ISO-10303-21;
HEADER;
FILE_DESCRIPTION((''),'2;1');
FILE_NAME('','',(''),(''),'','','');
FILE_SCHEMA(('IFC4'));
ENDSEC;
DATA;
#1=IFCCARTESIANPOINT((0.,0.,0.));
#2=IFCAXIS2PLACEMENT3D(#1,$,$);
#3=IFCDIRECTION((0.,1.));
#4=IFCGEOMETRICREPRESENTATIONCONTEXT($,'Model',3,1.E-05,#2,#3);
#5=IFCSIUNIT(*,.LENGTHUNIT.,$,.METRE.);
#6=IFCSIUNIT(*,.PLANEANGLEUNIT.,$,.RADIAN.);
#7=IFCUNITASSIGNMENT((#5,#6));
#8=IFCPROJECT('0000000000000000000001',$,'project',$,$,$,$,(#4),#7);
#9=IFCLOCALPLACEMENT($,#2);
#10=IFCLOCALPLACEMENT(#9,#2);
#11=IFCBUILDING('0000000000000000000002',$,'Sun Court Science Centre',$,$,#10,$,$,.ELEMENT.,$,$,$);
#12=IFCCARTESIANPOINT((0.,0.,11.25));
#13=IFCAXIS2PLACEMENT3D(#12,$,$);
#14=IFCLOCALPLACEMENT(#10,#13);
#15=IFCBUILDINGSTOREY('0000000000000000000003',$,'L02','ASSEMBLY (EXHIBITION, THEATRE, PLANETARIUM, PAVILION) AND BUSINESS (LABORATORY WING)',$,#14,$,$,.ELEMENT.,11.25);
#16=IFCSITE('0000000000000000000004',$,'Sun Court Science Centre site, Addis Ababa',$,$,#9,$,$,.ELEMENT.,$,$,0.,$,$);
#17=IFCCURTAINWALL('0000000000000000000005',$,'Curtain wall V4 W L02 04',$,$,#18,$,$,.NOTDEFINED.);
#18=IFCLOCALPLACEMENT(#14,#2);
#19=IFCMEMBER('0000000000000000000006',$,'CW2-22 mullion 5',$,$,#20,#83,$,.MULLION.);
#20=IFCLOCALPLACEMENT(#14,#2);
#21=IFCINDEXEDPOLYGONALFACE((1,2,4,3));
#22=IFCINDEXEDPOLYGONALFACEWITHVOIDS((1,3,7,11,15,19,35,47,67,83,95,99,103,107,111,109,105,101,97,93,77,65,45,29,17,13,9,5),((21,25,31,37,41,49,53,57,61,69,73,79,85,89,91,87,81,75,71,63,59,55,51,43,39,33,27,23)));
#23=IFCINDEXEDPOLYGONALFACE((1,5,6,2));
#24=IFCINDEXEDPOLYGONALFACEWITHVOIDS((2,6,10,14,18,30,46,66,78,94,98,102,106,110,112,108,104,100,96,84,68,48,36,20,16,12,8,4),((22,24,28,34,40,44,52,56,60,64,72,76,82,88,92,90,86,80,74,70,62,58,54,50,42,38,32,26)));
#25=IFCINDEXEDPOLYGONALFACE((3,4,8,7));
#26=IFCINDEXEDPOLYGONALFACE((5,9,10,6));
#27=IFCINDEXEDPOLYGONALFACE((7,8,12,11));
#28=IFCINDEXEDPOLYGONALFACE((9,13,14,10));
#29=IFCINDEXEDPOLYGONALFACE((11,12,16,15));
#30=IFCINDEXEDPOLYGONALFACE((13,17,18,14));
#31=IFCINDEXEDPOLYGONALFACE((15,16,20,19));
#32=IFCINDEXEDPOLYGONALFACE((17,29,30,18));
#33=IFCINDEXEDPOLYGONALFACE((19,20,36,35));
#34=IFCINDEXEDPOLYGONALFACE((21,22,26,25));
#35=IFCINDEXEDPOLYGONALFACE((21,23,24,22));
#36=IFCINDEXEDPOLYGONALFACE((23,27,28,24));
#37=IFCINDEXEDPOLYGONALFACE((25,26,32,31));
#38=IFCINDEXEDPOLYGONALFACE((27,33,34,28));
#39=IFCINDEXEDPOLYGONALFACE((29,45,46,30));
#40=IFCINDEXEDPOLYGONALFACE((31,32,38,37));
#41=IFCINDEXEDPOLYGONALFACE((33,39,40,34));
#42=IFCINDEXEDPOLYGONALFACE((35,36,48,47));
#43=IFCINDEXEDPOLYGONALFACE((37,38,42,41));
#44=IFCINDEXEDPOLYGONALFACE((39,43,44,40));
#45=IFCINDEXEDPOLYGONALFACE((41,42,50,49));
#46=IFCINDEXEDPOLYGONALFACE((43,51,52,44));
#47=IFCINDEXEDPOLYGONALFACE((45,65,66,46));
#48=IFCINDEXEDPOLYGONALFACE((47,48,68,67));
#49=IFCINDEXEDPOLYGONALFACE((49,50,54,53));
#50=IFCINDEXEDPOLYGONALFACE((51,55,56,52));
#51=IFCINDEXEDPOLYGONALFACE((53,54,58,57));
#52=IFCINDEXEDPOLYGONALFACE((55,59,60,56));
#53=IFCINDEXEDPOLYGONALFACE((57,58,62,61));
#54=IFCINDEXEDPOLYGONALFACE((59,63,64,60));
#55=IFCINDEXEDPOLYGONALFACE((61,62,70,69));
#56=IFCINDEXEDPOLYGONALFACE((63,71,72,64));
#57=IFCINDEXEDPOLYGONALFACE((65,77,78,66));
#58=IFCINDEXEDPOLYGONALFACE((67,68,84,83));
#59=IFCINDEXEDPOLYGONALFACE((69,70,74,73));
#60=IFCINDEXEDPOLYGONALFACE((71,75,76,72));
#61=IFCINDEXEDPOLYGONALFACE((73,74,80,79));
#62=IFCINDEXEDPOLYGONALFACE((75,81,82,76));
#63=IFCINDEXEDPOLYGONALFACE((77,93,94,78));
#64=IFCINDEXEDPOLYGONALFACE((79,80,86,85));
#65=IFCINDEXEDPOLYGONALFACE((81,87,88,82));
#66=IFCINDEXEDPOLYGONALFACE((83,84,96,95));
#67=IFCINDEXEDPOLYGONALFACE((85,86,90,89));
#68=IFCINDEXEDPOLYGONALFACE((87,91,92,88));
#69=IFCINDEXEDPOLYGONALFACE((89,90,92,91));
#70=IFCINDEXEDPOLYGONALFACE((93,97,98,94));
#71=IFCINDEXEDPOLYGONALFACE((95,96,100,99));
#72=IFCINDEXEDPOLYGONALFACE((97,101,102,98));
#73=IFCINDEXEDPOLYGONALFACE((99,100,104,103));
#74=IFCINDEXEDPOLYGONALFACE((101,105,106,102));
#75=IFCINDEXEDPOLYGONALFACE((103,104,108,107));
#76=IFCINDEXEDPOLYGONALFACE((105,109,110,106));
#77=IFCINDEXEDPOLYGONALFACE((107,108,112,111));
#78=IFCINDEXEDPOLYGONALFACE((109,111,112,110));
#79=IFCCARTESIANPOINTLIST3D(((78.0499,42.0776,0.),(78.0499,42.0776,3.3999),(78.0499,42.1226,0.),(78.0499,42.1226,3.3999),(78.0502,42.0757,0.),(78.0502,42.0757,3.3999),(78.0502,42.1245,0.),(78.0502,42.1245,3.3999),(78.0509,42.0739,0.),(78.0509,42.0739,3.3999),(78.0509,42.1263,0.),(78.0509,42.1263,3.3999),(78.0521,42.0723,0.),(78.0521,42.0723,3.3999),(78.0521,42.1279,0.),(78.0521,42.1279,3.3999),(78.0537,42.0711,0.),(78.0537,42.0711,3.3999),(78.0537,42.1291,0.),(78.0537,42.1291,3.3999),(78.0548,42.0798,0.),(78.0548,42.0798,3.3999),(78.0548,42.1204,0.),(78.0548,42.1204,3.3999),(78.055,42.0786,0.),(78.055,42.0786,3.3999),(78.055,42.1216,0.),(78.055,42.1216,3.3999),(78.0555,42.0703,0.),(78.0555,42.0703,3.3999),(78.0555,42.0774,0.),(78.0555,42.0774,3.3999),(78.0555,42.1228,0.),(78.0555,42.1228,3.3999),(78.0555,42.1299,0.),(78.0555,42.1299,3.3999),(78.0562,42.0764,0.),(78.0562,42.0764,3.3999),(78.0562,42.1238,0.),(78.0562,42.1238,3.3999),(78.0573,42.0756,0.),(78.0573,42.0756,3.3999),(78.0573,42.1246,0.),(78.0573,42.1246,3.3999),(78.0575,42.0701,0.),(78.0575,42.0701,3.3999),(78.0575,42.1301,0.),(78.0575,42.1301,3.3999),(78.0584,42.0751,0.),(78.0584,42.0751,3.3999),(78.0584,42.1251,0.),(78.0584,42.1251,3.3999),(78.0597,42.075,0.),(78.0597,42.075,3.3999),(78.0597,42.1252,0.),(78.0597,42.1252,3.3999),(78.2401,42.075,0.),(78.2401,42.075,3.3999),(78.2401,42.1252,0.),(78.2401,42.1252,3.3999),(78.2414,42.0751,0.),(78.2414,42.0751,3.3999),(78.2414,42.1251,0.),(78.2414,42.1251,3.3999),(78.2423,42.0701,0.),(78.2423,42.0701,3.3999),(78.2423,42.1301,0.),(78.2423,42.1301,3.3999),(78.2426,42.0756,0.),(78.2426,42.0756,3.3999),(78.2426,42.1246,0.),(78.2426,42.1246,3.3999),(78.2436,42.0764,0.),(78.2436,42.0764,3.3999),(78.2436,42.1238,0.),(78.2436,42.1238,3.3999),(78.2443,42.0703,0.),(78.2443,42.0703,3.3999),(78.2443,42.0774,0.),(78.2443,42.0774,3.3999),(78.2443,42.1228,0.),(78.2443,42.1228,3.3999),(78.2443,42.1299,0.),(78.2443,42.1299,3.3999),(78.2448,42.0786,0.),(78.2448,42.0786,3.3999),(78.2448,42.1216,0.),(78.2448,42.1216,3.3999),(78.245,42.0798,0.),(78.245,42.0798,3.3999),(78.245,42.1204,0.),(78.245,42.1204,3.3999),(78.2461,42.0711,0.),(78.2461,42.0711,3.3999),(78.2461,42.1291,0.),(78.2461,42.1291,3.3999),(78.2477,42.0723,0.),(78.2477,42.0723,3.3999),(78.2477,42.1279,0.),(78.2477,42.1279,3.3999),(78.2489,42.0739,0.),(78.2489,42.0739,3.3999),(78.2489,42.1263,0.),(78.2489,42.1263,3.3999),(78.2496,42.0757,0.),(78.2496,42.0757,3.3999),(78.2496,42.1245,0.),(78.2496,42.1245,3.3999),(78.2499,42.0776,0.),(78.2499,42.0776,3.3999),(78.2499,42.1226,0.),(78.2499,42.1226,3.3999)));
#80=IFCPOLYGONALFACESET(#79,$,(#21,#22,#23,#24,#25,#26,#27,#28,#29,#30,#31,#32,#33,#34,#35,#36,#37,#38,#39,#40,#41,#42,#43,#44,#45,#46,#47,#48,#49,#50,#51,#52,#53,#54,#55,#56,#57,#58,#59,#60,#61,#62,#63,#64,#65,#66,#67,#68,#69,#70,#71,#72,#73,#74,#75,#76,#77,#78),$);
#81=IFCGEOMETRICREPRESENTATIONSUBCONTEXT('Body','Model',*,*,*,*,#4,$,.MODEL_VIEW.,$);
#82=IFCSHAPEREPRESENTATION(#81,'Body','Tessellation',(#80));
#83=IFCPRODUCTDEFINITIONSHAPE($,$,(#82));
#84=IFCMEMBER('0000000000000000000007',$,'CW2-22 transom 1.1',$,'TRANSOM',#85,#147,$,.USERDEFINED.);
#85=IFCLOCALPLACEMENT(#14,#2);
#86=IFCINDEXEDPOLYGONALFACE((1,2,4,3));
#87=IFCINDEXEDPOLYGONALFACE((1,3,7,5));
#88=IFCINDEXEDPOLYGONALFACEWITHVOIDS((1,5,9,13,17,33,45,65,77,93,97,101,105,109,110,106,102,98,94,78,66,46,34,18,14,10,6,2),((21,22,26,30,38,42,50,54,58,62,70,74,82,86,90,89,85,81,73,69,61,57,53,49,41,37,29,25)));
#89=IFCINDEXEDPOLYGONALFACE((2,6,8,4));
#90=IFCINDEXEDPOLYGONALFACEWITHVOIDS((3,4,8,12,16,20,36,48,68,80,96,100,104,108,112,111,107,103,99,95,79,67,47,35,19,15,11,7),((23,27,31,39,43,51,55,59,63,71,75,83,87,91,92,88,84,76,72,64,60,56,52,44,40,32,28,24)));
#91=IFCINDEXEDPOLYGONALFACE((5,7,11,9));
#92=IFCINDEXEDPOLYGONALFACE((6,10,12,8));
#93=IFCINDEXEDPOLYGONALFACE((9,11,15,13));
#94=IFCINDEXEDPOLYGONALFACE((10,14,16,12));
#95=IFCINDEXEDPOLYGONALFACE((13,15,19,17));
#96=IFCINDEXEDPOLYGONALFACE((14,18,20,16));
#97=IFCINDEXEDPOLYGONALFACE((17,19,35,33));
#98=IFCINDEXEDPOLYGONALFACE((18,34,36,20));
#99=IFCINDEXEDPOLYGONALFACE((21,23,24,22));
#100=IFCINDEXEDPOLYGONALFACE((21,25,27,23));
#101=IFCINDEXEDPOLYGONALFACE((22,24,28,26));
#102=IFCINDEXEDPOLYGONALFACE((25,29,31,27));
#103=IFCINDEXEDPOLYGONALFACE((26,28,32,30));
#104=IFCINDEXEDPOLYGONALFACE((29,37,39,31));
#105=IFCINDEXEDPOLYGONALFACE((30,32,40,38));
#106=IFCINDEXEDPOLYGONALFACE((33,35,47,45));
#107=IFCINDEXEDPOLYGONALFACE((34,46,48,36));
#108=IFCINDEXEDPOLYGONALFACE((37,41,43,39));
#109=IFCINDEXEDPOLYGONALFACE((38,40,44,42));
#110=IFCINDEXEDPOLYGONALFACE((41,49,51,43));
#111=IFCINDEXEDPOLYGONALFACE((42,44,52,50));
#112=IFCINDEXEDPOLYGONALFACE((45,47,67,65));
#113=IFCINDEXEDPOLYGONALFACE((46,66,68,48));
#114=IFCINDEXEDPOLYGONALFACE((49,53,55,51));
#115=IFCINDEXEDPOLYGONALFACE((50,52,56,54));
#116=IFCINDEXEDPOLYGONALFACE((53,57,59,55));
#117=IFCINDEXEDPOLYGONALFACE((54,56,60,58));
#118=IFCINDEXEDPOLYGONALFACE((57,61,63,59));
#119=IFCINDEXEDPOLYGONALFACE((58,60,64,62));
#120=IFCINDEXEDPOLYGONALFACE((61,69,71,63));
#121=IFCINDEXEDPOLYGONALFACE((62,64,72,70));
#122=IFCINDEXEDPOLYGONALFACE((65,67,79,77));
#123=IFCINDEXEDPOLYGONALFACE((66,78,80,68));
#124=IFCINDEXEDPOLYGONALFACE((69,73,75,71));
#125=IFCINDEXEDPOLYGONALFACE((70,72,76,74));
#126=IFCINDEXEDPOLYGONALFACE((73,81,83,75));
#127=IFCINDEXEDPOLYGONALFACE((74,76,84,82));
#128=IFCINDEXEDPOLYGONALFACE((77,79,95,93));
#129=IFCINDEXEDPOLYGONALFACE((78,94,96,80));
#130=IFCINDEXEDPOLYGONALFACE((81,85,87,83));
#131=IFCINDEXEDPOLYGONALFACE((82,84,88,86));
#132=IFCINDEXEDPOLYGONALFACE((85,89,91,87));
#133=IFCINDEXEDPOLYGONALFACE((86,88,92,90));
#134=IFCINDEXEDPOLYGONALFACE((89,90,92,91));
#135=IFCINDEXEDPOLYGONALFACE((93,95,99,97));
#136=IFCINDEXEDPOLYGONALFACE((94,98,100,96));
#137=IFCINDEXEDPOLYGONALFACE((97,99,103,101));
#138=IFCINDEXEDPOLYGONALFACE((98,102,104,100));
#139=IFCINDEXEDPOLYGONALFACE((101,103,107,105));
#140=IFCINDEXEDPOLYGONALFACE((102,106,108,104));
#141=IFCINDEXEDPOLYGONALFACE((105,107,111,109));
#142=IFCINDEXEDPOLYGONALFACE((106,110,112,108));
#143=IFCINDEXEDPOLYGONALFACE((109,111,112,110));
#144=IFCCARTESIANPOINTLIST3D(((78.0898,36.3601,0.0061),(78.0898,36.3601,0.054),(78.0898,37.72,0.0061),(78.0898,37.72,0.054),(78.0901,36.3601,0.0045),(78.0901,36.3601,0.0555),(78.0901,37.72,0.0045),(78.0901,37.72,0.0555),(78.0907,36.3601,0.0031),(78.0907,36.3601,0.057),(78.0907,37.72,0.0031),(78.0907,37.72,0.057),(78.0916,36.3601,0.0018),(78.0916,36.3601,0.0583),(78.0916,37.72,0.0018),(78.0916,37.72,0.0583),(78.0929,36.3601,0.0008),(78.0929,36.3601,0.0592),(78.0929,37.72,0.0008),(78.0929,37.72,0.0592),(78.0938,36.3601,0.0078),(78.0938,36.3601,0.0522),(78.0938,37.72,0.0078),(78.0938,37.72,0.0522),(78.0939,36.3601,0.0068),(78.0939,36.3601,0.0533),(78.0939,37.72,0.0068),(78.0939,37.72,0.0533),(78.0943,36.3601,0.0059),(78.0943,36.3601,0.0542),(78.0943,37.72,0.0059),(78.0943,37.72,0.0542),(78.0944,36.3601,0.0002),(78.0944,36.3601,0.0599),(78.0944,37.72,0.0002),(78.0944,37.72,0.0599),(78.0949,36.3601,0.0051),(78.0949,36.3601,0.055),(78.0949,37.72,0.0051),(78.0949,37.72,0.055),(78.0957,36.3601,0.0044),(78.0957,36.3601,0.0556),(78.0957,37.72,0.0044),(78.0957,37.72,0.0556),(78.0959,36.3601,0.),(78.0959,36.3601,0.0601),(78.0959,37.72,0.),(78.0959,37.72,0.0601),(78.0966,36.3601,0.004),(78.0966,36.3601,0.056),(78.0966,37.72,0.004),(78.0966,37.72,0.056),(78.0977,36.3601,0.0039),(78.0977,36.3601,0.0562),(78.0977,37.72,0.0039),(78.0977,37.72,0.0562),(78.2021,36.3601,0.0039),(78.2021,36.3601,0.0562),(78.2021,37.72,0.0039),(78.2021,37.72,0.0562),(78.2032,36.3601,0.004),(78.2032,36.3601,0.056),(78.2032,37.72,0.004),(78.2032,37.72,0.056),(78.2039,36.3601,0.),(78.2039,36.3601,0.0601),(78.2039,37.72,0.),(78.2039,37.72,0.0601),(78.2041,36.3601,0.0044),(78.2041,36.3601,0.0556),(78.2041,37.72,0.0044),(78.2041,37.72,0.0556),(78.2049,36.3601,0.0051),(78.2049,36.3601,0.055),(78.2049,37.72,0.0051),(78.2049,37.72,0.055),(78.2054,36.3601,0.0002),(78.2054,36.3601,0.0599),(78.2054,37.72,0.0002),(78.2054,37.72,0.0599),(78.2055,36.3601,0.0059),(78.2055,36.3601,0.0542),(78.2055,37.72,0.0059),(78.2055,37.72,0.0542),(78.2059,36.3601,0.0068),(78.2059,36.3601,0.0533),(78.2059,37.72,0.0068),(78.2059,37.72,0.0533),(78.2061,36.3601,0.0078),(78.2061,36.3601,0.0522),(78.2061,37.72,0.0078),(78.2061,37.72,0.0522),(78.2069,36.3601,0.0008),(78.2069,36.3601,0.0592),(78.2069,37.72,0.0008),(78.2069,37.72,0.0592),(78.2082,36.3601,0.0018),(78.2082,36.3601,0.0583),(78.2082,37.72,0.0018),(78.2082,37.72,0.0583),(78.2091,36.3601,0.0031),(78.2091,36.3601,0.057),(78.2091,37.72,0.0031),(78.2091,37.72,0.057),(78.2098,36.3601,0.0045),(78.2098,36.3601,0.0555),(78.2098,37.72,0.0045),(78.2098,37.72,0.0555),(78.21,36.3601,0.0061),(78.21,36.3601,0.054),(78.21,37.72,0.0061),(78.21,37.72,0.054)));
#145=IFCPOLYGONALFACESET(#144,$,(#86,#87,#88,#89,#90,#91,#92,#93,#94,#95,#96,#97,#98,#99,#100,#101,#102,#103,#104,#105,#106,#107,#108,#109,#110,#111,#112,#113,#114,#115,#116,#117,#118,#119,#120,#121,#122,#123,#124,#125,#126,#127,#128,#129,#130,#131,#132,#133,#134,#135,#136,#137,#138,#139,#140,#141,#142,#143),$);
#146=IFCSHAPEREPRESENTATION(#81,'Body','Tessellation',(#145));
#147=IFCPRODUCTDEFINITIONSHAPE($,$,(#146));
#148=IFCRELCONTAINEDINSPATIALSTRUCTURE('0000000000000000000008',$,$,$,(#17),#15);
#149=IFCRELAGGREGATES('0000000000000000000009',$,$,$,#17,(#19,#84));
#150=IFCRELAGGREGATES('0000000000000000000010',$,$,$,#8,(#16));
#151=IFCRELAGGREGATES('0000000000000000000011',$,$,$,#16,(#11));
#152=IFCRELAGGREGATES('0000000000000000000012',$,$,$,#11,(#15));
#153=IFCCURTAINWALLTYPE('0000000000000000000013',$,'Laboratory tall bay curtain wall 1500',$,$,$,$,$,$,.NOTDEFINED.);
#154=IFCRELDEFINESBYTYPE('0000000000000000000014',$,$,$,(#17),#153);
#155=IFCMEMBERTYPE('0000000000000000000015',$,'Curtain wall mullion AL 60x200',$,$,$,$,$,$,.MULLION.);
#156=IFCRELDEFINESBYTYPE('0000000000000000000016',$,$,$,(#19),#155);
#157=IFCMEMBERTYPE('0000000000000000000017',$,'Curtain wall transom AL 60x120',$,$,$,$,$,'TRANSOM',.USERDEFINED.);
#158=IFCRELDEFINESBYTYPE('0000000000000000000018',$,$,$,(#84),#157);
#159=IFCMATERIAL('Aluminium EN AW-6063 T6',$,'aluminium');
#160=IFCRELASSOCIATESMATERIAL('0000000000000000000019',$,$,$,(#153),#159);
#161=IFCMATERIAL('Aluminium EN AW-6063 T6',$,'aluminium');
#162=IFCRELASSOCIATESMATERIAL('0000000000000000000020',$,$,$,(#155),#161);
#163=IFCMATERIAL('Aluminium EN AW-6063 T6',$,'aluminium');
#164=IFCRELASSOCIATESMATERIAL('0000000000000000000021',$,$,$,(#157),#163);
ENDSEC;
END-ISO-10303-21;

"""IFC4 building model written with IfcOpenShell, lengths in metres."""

from ifc_helpers import new_model, si_unit, direction, frame, origin, origin_2d, place, context, subcontext, project, spatial, hollow_rectangle, extrude, material, material_profile, profile_set, type_object, element, aggregate, save


model = new_model("IFC4")

# Units and contexts
model_context = context("Model", 3, precision=1e-05, world=origin(), true_north=direction((0.0, 1.0)))
body_context = subcontext(model_context, "Body", "Model", "MODEL_VIEW")
ifc_project = project(units=[si_unit("LENGTHUNIT", "METRE"), si_unit("PLANEANGLEUNIT", "RADIAN")], contexts=[model_context])

# Site, building, storey
site_placement = place(None, origin())
site = spatial("IfcSite", under=ifc_project, at=site_placement, Name="Sun Court Science Centre site, Addis Ababa", CompositionType="ELEMENT", RefElevation=0.0)
building_placement = place(site_placement, origin())
building = spatial("IfcBuilding", under=site, at=building_placement, Name="Sun Court Science Centre", CompositionType="ELEMENT")
storey_placement = place(building_placement, frame((0.0, 0.0, 11.25)))
storey = spatial("IfcBuildingStorey", under=building, at=storey_placement, Name="L02", Description="ASSEMBLY (EXHIBITION, THEATRE, PLANETARIUM, PAVILION) AND BUSINESS (LABORATORY WING)", CompositionType="ELEMENT", Elevation=11.25)

# Curtain wall, members
ifc_material_1 = material(Name="Aluminium EN AW-6063 T6", Category="aluminium")
curtain_wall_type = type_object("IfcCurtainWallType", Name="Laboratory tall bay curtain wall 1500", PredefinedType="NOTDEFINED", material=ifc_material_1)
curtain_wall_placement = place(storey_placement, origin())
curtain_wall = element("IfcCurtainWall", 1, at=curtain_wall_placement, inside=storey, type_object=curtain_wall_type, Name="Curtain wall V4 W L02 04", PredefinedType="NOTDEFINED")
ifc_material_2 = material(Name="Aluminium EN AW-6063 T6", Category="aluminium")
ifc_material_profile_1 = material_profile(ifc_material_2, hollow_rectangle(XDim=0.0601, YDim=0.2, WallThickness=0.0049, InnerFilletRadius=0.0049, OuterFilletRadius=0.0076, at=origin_2d()), Name="AL 60x200x5")
ifc_profile_set_1 = profile_set([ifc_material_profile_1], Name="Aluminium EN AW-6063 T6")
member_type_1 = type_object("IfcMemberType", Name="Curtain wall mullion AL 60x200", PredefinedType="MULLION", material=ifc_profile_set_1)
member_1_placement = place(storey_placement, frame((78.1499, 42.1001, 0.0), z_axis=(0.0, 0.0, 1.0), x_axis=(0.0, 1.0, 0.0)))
member_1 = element("IfcMember", 2, at=member_1_placement, type_object=member_type_1, Name="CW2-22 mullion 5", PredefinedType="MULLION", context=body_context, shape_type="SweptSolid", body=[
    extrude(hollow_rectangle(XDim=0.0601, YDim=0.2, WallThickness=0.0049, InnerFilletRadius=0.0049, OuterFilletRadius=0.0076, at=origin_2d()), origin(), (0.0, 0.0, 1.0), 3.3999),
])
ifc_material_3 = material(Name="Aluminium EN AW-6063 T6", Category="aluminium")
ifc_material_profile_2 = material_profile(ifc_material_3, hollow_rectangle(XDim=0.0601, YDim=0.1201, WallThickness=0.0039, InnerFilletRadius=0.0039, OuterFilletRadius=0.0061, at=origin_2d()), Name="AL 60x120x4")
ifc_profile_set_2 = profile_set([ifc_material_profile_2], Name="Aluminium EN AW-6063 T6")
member_type_2 = type_object("IfcMemberType", Name="Curtain wall transom AL 60x120", ElementType="TRANSOM", PredefinedType="USERDEFINED", material=ifc_profile_set_2)
member_2_placement = place(storey_placement, frame((78.1499, 36.3601, 0.03), z_axis=(0.0, 1.0, 0.0), x_axis=(0.0, 0.0, 1.0)))
member_2 = element("IfcMember", 3, at=member_2_placement, type_object=member_type_2, Name="CW2-22 transom 1.1", ObjectType="TRANSOM", PredefinedType="USERDEFINED", context=body_context, shape_type="SweptSolid", body=[
    extrude(hollow_rectangle(XDim=0.0601, YDim=0.1201, WallThickness=0.0039, InnerFilletRadius=0.0039, OuterFilletRadius=0.0061, at=origin_2d()), origin(), (0.0, 0.0, 1.0), 1.3599),
])
aggregate(curtain_wall, [member_1, member_2])

save(model, "model.ifc")
